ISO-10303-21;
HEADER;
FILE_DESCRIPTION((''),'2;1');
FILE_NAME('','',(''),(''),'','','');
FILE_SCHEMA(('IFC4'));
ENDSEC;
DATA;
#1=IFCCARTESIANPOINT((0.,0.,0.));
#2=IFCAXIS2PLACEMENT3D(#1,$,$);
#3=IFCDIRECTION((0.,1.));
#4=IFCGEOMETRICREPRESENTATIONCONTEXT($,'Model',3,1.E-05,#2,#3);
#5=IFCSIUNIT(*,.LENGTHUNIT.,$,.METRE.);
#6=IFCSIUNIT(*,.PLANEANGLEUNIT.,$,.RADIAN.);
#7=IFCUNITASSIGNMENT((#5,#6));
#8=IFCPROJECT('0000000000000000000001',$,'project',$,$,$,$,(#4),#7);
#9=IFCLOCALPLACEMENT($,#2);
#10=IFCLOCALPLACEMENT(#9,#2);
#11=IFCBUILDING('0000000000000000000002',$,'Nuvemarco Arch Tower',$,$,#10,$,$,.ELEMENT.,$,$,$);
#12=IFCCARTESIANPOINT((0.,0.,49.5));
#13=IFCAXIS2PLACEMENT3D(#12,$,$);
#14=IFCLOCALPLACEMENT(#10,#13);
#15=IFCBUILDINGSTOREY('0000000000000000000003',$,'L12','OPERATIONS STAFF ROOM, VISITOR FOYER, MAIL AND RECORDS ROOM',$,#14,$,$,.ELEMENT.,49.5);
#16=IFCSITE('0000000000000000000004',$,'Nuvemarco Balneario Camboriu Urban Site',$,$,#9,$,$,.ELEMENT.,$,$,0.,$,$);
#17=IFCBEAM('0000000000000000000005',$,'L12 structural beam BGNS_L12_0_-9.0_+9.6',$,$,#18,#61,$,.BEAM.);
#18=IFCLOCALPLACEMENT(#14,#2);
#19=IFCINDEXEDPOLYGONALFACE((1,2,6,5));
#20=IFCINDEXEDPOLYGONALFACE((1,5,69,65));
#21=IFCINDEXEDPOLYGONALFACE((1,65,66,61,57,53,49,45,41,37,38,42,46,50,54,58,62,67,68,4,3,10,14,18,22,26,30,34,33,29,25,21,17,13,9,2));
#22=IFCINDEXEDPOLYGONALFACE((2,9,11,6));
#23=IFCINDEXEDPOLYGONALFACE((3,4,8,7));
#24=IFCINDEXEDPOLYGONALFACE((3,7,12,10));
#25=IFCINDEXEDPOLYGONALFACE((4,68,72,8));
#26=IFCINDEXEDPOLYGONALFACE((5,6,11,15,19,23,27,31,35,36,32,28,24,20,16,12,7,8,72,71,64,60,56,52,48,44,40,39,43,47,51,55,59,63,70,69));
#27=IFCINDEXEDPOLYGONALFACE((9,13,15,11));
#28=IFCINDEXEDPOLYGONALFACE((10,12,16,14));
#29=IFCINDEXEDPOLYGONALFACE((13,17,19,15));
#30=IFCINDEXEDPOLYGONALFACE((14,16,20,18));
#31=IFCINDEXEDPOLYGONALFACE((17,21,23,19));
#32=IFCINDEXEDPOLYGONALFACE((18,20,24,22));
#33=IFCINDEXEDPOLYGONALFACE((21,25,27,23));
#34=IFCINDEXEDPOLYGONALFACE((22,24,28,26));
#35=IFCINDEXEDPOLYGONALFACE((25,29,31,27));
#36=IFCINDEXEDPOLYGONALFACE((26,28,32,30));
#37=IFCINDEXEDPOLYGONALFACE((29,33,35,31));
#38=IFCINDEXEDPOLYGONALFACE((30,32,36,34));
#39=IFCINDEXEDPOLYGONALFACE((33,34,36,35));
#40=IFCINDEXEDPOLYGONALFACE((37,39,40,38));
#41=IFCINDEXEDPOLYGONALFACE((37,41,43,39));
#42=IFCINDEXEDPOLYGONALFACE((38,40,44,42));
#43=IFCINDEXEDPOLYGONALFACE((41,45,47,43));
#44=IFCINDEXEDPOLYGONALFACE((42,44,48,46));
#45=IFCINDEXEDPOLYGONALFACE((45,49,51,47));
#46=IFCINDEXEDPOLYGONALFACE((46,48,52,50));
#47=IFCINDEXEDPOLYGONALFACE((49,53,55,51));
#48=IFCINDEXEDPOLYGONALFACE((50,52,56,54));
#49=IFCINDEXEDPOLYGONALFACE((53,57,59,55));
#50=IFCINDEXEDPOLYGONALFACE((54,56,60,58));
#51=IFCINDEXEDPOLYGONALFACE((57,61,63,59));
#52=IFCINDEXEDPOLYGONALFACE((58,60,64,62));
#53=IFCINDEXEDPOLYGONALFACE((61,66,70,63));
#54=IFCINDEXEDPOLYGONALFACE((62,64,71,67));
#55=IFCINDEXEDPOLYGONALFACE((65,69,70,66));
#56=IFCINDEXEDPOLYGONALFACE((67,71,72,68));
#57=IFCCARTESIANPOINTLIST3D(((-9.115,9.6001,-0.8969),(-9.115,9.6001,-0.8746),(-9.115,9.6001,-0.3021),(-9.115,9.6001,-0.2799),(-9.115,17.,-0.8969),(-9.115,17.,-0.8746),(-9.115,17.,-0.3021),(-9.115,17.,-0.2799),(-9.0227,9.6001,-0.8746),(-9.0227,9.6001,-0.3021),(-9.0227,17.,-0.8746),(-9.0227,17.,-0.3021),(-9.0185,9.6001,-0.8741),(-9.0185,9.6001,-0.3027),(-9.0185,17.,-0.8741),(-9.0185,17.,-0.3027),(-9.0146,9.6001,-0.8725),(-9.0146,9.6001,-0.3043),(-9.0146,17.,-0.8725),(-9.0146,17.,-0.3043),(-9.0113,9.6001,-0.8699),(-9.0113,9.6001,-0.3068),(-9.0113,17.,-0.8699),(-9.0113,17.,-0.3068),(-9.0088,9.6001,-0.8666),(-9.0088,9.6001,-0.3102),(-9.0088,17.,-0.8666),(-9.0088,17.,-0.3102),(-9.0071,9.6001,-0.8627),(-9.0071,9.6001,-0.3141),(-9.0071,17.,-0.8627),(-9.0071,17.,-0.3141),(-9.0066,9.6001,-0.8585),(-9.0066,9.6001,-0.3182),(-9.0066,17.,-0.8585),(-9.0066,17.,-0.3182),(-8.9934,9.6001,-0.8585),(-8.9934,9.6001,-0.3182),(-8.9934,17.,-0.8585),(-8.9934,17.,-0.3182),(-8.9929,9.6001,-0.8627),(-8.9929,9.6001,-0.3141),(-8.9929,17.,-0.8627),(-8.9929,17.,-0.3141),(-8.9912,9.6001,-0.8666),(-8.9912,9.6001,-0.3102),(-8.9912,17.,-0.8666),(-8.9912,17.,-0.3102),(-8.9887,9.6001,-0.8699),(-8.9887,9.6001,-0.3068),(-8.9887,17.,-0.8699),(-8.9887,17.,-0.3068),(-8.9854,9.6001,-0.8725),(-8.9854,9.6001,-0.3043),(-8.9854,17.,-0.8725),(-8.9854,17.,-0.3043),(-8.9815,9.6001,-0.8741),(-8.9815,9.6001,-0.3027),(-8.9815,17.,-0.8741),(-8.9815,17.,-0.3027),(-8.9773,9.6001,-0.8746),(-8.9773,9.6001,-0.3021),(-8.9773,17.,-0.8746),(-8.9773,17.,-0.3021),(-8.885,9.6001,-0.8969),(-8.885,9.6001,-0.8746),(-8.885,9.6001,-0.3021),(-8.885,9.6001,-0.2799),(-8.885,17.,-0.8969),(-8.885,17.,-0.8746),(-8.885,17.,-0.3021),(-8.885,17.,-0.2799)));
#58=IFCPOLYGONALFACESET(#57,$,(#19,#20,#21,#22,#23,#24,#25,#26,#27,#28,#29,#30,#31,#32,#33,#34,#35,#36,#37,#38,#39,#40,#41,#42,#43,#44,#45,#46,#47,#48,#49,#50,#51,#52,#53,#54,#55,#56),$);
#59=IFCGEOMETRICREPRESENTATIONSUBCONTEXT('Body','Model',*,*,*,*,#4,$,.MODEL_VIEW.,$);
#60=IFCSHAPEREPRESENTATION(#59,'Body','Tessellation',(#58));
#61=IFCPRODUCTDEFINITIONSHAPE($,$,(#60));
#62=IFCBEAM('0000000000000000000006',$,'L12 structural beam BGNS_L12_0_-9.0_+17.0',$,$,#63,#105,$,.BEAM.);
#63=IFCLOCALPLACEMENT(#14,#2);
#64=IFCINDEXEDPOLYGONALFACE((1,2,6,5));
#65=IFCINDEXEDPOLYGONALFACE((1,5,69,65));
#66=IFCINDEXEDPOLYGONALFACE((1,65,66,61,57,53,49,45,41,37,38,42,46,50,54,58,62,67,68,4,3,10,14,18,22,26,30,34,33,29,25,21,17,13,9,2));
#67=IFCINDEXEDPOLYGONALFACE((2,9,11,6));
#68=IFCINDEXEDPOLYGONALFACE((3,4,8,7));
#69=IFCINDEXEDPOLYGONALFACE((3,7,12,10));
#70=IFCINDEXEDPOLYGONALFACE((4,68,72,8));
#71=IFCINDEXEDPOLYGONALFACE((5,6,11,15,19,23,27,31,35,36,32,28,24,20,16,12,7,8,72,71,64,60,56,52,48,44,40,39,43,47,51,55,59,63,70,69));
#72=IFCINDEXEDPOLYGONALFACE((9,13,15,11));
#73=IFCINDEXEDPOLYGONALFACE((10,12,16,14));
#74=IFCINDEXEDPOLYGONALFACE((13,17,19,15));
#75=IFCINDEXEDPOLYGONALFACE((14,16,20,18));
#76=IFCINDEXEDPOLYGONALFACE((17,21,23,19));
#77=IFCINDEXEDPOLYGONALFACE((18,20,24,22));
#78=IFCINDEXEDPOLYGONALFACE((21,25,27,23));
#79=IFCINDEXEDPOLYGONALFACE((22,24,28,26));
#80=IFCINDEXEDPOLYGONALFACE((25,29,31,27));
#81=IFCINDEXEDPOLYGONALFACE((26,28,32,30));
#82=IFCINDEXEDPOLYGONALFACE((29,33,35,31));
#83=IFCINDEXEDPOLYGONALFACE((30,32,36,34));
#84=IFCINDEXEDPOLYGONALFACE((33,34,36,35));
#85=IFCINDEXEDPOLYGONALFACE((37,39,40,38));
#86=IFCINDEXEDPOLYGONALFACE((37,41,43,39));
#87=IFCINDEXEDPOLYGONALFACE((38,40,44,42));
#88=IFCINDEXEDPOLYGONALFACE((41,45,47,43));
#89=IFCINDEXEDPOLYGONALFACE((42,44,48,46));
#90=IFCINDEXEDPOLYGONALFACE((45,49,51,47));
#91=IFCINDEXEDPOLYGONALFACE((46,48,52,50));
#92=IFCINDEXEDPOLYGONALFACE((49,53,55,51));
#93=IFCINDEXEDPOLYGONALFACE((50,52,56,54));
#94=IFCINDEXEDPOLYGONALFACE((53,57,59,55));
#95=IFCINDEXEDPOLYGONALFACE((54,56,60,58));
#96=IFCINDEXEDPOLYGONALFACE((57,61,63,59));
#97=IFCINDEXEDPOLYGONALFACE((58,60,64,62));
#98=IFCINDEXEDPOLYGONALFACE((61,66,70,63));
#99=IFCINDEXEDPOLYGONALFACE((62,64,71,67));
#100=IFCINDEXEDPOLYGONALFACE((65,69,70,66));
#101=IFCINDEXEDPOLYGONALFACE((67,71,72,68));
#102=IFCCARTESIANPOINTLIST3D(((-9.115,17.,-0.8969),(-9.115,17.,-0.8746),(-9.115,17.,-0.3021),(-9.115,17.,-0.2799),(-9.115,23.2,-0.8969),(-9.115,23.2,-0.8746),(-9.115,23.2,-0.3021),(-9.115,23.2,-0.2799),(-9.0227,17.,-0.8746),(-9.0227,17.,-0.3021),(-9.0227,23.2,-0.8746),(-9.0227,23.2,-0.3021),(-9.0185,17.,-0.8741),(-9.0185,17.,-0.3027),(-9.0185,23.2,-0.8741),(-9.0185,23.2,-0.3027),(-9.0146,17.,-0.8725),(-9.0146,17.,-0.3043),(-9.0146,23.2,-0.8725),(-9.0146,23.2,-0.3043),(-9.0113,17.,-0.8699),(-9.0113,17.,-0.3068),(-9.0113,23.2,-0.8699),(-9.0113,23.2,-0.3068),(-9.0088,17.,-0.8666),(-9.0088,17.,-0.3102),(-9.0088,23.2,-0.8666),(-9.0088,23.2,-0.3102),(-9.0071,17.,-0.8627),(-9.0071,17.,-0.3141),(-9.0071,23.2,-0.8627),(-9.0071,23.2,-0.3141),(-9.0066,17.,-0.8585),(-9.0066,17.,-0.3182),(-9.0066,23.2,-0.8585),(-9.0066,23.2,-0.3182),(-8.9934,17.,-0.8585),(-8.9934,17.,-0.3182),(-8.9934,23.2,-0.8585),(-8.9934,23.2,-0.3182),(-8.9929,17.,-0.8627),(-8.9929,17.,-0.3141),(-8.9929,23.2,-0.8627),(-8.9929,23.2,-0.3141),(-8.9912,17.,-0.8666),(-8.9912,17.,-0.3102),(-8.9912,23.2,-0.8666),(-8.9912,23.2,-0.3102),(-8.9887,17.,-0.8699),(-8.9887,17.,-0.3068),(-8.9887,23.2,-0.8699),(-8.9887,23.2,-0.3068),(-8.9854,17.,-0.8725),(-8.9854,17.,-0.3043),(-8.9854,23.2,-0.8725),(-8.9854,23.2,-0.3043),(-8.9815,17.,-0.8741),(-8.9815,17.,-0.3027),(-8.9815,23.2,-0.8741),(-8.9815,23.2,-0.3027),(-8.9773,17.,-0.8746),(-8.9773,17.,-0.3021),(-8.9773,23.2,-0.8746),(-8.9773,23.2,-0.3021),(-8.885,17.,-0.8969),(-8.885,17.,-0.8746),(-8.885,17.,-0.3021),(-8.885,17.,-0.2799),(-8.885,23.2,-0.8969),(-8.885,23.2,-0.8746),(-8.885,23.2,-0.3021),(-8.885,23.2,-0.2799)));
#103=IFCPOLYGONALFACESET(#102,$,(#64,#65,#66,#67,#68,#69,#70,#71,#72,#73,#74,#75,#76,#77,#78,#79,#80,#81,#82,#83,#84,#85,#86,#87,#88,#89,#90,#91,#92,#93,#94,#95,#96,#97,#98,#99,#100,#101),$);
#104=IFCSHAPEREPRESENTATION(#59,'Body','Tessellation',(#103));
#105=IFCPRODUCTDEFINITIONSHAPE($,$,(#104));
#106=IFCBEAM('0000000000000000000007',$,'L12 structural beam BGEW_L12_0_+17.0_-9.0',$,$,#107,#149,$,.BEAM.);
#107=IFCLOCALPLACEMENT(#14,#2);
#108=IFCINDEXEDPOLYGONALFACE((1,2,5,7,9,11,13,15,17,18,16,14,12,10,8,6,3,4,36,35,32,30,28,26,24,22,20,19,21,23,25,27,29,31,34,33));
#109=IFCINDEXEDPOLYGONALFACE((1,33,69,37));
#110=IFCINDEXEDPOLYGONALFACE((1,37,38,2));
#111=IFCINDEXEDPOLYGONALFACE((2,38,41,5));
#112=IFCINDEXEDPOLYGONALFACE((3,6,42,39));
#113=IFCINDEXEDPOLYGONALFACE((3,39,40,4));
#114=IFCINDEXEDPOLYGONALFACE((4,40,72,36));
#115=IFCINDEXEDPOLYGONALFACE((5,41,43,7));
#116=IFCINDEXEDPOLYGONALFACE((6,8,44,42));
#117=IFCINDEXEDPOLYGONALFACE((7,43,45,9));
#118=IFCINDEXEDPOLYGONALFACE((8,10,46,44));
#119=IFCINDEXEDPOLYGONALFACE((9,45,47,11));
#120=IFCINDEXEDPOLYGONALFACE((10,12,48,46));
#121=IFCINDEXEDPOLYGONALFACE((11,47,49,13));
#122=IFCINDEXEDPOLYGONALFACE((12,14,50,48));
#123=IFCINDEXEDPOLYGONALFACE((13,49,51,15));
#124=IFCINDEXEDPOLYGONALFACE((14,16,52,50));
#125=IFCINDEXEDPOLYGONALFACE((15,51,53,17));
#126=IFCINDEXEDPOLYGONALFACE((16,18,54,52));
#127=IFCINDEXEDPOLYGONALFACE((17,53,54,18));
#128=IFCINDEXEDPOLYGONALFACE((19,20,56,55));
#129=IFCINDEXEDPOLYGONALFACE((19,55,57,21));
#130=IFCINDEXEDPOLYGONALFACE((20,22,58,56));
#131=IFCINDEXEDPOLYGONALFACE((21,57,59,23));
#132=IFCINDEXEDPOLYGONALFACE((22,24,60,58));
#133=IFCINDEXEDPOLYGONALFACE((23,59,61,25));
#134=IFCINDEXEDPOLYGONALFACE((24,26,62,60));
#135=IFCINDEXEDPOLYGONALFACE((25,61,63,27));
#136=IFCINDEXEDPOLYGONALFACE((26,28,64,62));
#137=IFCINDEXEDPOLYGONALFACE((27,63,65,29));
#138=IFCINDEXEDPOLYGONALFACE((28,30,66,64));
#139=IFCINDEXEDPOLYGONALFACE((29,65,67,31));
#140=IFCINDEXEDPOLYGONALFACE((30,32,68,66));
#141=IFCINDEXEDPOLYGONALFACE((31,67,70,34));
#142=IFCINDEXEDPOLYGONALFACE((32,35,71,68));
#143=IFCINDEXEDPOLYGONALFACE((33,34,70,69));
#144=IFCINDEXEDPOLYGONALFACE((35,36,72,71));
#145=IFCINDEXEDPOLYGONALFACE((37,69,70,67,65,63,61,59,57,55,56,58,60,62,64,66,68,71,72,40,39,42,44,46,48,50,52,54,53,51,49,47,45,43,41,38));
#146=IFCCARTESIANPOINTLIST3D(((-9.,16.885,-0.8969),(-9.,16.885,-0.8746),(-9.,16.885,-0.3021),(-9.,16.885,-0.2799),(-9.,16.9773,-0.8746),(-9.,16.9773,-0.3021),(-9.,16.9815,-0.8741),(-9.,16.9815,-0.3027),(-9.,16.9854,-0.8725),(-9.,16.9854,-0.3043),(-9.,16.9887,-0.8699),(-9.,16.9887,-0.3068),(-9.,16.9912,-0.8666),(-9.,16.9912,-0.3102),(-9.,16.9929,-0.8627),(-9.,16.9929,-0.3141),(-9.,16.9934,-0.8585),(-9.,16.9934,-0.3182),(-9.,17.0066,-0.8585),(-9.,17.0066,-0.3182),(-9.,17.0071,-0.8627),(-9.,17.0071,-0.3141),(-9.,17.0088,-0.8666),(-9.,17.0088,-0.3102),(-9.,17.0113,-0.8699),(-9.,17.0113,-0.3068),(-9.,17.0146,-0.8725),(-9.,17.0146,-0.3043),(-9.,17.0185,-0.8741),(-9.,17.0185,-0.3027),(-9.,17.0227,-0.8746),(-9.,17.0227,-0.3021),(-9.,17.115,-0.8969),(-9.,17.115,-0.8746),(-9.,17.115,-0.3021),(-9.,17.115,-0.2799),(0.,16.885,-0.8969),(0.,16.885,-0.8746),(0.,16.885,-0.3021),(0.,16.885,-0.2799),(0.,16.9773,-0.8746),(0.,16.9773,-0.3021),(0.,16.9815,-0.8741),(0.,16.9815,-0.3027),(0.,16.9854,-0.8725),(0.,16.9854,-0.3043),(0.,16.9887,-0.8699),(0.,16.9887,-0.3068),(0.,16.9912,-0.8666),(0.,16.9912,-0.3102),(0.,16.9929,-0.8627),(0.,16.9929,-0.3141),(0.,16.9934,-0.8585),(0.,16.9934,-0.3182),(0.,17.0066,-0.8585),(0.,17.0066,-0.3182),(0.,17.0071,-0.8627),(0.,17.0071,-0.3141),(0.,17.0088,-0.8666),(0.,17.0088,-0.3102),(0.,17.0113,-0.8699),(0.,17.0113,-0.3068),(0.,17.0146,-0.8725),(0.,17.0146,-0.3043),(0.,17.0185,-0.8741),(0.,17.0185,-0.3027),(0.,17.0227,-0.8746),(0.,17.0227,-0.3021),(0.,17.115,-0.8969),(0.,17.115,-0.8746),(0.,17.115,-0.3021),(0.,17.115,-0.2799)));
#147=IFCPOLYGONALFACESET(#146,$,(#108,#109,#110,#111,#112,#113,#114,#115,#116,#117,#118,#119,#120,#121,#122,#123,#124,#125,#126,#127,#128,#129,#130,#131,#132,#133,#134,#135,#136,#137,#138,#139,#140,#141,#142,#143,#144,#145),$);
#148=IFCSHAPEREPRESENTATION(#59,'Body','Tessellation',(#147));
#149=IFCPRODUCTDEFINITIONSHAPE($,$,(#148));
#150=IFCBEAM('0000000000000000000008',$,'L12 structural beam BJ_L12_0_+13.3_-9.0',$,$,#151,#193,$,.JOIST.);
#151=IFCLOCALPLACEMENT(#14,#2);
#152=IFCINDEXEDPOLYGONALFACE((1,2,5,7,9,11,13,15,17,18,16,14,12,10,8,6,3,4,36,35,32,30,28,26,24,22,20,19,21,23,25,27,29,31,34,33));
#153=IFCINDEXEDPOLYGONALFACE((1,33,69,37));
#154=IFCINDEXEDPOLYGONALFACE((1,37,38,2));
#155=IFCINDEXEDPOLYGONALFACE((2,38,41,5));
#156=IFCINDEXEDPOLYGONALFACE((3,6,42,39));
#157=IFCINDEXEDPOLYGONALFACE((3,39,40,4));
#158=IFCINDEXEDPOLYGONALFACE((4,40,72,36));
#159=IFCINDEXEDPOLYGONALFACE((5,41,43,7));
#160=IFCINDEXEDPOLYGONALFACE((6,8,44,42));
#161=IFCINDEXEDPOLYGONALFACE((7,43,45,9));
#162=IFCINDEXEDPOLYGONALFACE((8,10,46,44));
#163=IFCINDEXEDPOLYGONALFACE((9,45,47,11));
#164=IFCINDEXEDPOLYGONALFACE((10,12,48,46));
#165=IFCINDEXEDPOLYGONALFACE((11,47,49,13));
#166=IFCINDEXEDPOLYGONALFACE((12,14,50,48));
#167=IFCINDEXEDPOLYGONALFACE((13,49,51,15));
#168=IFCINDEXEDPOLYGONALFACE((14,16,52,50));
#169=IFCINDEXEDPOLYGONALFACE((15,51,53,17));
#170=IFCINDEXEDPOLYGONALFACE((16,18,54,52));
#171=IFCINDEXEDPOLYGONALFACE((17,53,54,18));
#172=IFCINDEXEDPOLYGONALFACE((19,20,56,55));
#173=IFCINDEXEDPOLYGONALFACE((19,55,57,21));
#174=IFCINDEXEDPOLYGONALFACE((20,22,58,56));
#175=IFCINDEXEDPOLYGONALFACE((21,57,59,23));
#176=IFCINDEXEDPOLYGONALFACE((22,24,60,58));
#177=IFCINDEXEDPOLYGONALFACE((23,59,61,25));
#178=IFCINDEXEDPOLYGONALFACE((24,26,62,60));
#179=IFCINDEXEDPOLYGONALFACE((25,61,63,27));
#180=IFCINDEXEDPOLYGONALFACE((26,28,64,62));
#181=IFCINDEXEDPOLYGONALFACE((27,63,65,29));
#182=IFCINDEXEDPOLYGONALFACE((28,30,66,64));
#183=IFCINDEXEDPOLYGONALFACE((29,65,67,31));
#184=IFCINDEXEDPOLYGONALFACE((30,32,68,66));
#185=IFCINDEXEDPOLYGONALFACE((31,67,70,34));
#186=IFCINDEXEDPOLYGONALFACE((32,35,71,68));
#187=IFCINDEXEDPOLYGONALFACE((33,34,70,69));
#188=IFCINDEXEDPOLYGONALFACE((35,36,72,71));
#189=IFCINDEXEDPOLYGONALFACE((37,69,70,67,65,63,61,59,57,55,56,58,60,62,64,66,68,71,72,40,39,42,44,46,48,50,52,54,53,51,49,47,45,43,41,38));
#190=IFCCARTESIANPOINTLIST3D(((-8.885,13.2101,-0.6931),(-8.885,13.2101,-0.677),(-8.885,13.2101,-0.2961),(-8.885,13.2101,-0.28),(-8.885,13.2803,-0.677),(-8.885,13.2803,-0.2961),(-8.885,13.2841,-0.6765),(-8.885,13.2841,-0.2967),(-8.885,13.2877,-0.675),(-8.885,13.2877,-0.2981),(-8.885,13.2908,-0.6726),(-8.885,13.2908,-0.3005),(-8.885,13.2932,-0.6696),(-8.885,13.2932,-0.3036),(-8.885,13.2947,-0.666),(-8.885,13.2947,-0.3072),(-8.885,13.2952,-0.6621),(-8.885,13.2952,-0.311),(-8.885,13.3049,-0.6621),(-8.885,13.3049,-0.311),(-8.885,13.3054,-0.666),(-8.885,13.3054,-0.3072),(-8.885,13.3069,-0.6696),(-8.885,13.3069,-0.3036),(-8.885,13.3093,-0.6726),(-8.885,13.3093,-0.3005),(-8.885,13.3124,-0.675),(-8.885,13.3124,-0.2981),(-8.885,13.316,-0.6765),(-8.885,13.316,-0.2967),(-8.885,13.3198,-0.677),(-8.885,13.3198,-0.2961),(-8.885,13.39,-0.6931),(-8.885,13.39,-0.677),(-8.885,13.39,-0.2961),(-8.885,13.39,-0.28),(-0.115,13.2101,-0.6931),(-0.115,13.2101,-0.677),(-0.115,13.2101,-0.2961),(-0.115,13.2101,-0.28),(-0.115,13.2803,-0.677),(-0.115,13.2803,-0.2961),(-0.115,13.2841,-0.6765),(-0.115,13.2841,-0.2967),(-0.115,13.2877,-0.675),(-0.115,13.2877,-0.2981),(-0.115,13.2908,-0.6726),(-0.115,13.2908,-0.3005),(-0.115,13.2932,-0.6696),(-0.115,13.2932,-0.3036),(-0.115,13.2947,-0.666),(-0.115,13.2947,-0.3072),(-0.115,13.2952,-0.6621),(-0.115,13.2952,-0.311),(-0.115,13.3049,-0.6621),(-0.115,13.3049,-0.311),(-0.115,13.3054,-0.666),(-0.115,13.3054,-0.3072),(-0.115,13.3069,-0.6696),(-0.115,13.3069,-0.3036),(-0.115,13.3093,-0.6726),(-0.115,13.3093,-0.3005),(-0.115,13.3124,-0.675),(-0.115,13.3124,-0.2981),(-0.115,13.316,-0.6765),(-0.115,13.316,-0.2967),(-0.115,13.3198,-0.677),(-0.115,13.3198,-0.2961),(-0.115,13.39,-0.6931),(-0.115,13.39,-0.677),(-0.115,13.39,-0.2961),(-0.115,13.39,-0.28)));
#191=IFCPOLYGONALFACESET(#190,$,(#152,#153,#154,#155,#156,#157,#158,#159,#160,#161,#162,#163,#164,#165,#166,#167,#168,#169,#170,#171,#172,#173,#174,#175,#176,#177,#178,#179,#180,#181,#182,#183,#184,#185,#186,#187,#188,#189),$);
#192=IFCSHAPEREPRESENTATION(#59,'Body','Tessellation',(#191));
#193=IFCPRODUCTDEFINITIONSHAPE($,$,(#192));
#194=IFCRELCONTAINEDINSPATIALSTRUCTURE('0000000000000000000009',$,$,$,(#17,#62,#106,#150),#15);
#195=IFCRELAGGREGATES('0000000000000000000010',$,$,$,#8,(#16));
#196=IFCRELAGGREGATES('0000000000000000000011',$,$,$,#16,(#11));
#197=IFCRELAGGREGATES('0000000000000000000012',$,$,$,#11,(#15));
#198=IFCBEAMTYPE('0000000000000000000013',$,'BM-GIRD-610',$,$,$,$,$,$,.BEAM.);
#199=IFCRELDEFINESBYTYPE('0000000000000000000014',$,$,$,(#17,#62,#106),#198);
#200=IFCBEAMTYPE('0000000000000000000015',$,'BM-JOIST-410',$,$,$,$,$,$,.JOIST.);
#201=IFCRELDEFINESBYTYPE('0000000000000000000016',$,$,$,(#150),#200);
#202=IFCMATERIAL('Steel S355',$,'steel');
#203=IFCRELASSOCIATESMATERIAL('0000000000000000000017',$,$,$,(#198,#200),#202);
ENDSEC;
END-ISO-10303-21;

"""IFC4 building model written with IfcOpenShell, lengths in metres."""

from ifc_helpers import new_model, si_unit, direction, frame, origin, origin_2d, place, context, subcontext, project, spatial, i_section, extrude, material, material_profile, profile_set, type_object, element, save


model = new_model("IFC4")

# Units and contexts
model_context = context("Model", 3, precision=1e-05, world=origin(), true_north=direction((0.0, 1.0)))
body_context = subcontext(model_context, "Body", "Model", "MODEL_VIEW")
ifc_project = project(units=[si_unit("LENGTHUNIT", "METRE"), si_unit("PLANEANGLEUNIT", "RADIAN")], contexts=[model_context])

# Site, building, storey
site_placement = place(None, origin())
site = spatial("IfcSite", under=ifc_project, at=site_placement, Name="Nuvemarco Balneario Camboriu Urban Site", CompositionType="ELEMENT", RefElevation=0.0)
building_placement = place(site_placement, origin())
building = spatial("IfcBuilding", under=site, at=building_placement, Name="Nuvemarco Arch Tower", CompositionType="ELEMENT")
storey_placement = place(building_placement, frame((0.0, 0.0, 49.5)))
storey = spatial("IfcBuildingStorey", under=building, at=storey_placement, Name="L12", Description="OPERATIONS STAFF ROOM, VISITOR FOYER, MAIL AND RECORDS ROOM", CompositionType="ELEMENT", Elevation=49.5)

# Shared definitions
ifc_material_1 = material(Name="Steel S355", Category="steel")

# Beams
ifc_material_profile_1 = material_profile(ifc_material_1, i_section(OverallWidth=0.23, OverallDepth=0.6169, WebThickness=0.0132, FlangeThickness=0.0222, FilletRadius=0.0161, at=origin_2d()), Name="W610x140")
ifc_profile_set_1 = profile_set([ifc_material_profile_1], Name="Steel S355")
beam_type_1 = type_object("IfcBeamType", Name="BM-GIRD-610", PredefinedType="BEAM", material=ifc_profile_set_1)
beam_1_placement = place(storey_placement, frame((-9.0, 9.6001, -0.5884), z_axis=(0.0, 1.0, 0.0), x_axis=(-1.0, 0.0, 0.0)))
element("IfcBeam", 1, at=beam_1_placement, inside=storey, type_object=beam_type_1, Name="L12 structural beam BGNS_L12_0_-9.0_+9.6", PredefinedType="BEAM", context=body_context, shape_type="SweptSolid", body=[
    extrude(i_section(OverallWidth=0.23, OverallDepth=0.6169, WebThickness=0.0132, FlangeThickness=0.0222, FilletRadius=0.0161, at=origin_2d()), origin(), (0.0, 0.0, 1.0), 7.3999),
])
beam_2_placement = place(storey_placement, frame((-9.0, 17.0, -0.5884), z_axis=(0.0, 1.0, 0.0), x_axis=(-1.0, 0.0, 0.0)))
element("IfcBeam", 2, at=beam_2_placement, inside=storey, type_object=beam_type_1, Name="L12 structural beam BGNS_L12_0_-9.0_+17.0", PredefinedType="BEAM", context=body_context, shape_type="SweptSolid", body=[
    extrude(i_section(OverallWidth=0.23, OverallDepth=0.6169, WebThickness=0.0132, FlangeThickness=0.0222, FilletRadius=0.0161, at=origin_2d()), origin(), (0.0, 0.0, 1.0), 6.2),
])
beam_3_placement = place(storey_placement, frame((-9.0, 17.0, -0.5884), z_axis=(1.0, 0.0, 0.0), x_axis=(0.0, 1.0, 0.0)))
element("IfcBeam", 3, at=beam_3_placement, inside=storey, type_object=beam_type_1, Name="L12 structural beam BGEW_L12_0_+17.0_-9.0", PredefinedType="BEAM", context=body_context, shape_type="SweptSolid", body=[
    extrude(i_section(OverallWidth=0.23, OverallDepth=0.6169, WebThickness=0.0132, FlangeThickness=0.0222, FilletRadius=0.0161, at=origin_2d()), origin(), (0.0, 0.0, 1.0), 9.0),
])
ifc_material_profile_2 = material_profile(ifc_material_1, i_section(OverallWidth=0.1799, OverallDepth=0.4131, WebThickness=0.0098, FlangeThickness=0.0161, FilletRadius=0.0149, at=origin_2d()), Name="W410x75")
ifc_profile_set_2 = profile_set([ifc_material_profile_2], Name="Steel S355")
beam_type_2 = type_object("IfcBeamType", Name="BM-JOIST-410", PredefinedType="JOIST", material=ifc_profile_set_2)
beam_4_placement = place(storey_placement, frame((-8.885, 13.3, -0.4866), z_axis=(1.0, 0.0, 0.0), x_axis=(0.0, 1.0, 0.0)))
element("IfcBeam", 4, at=beam_4_placement, inside=storey, type_object=beam_type_2, Name="L12 structural beam BJ_L12_0_+13.3_-9.0", PredefinedType="JOIST", context=body_context, shape_type="SweptSolid", body=[
    extrude(i_section(OverallWidth=0.1799, OverallDepth=0.4131, WebThickness=0.0098, FlangeThickness=0.0161, FilletRadius=0.0149, at=origin_2d()), origin(), (0.0, 0.0, 1.0), 8.77),
])

save(model, "model.ifc")
